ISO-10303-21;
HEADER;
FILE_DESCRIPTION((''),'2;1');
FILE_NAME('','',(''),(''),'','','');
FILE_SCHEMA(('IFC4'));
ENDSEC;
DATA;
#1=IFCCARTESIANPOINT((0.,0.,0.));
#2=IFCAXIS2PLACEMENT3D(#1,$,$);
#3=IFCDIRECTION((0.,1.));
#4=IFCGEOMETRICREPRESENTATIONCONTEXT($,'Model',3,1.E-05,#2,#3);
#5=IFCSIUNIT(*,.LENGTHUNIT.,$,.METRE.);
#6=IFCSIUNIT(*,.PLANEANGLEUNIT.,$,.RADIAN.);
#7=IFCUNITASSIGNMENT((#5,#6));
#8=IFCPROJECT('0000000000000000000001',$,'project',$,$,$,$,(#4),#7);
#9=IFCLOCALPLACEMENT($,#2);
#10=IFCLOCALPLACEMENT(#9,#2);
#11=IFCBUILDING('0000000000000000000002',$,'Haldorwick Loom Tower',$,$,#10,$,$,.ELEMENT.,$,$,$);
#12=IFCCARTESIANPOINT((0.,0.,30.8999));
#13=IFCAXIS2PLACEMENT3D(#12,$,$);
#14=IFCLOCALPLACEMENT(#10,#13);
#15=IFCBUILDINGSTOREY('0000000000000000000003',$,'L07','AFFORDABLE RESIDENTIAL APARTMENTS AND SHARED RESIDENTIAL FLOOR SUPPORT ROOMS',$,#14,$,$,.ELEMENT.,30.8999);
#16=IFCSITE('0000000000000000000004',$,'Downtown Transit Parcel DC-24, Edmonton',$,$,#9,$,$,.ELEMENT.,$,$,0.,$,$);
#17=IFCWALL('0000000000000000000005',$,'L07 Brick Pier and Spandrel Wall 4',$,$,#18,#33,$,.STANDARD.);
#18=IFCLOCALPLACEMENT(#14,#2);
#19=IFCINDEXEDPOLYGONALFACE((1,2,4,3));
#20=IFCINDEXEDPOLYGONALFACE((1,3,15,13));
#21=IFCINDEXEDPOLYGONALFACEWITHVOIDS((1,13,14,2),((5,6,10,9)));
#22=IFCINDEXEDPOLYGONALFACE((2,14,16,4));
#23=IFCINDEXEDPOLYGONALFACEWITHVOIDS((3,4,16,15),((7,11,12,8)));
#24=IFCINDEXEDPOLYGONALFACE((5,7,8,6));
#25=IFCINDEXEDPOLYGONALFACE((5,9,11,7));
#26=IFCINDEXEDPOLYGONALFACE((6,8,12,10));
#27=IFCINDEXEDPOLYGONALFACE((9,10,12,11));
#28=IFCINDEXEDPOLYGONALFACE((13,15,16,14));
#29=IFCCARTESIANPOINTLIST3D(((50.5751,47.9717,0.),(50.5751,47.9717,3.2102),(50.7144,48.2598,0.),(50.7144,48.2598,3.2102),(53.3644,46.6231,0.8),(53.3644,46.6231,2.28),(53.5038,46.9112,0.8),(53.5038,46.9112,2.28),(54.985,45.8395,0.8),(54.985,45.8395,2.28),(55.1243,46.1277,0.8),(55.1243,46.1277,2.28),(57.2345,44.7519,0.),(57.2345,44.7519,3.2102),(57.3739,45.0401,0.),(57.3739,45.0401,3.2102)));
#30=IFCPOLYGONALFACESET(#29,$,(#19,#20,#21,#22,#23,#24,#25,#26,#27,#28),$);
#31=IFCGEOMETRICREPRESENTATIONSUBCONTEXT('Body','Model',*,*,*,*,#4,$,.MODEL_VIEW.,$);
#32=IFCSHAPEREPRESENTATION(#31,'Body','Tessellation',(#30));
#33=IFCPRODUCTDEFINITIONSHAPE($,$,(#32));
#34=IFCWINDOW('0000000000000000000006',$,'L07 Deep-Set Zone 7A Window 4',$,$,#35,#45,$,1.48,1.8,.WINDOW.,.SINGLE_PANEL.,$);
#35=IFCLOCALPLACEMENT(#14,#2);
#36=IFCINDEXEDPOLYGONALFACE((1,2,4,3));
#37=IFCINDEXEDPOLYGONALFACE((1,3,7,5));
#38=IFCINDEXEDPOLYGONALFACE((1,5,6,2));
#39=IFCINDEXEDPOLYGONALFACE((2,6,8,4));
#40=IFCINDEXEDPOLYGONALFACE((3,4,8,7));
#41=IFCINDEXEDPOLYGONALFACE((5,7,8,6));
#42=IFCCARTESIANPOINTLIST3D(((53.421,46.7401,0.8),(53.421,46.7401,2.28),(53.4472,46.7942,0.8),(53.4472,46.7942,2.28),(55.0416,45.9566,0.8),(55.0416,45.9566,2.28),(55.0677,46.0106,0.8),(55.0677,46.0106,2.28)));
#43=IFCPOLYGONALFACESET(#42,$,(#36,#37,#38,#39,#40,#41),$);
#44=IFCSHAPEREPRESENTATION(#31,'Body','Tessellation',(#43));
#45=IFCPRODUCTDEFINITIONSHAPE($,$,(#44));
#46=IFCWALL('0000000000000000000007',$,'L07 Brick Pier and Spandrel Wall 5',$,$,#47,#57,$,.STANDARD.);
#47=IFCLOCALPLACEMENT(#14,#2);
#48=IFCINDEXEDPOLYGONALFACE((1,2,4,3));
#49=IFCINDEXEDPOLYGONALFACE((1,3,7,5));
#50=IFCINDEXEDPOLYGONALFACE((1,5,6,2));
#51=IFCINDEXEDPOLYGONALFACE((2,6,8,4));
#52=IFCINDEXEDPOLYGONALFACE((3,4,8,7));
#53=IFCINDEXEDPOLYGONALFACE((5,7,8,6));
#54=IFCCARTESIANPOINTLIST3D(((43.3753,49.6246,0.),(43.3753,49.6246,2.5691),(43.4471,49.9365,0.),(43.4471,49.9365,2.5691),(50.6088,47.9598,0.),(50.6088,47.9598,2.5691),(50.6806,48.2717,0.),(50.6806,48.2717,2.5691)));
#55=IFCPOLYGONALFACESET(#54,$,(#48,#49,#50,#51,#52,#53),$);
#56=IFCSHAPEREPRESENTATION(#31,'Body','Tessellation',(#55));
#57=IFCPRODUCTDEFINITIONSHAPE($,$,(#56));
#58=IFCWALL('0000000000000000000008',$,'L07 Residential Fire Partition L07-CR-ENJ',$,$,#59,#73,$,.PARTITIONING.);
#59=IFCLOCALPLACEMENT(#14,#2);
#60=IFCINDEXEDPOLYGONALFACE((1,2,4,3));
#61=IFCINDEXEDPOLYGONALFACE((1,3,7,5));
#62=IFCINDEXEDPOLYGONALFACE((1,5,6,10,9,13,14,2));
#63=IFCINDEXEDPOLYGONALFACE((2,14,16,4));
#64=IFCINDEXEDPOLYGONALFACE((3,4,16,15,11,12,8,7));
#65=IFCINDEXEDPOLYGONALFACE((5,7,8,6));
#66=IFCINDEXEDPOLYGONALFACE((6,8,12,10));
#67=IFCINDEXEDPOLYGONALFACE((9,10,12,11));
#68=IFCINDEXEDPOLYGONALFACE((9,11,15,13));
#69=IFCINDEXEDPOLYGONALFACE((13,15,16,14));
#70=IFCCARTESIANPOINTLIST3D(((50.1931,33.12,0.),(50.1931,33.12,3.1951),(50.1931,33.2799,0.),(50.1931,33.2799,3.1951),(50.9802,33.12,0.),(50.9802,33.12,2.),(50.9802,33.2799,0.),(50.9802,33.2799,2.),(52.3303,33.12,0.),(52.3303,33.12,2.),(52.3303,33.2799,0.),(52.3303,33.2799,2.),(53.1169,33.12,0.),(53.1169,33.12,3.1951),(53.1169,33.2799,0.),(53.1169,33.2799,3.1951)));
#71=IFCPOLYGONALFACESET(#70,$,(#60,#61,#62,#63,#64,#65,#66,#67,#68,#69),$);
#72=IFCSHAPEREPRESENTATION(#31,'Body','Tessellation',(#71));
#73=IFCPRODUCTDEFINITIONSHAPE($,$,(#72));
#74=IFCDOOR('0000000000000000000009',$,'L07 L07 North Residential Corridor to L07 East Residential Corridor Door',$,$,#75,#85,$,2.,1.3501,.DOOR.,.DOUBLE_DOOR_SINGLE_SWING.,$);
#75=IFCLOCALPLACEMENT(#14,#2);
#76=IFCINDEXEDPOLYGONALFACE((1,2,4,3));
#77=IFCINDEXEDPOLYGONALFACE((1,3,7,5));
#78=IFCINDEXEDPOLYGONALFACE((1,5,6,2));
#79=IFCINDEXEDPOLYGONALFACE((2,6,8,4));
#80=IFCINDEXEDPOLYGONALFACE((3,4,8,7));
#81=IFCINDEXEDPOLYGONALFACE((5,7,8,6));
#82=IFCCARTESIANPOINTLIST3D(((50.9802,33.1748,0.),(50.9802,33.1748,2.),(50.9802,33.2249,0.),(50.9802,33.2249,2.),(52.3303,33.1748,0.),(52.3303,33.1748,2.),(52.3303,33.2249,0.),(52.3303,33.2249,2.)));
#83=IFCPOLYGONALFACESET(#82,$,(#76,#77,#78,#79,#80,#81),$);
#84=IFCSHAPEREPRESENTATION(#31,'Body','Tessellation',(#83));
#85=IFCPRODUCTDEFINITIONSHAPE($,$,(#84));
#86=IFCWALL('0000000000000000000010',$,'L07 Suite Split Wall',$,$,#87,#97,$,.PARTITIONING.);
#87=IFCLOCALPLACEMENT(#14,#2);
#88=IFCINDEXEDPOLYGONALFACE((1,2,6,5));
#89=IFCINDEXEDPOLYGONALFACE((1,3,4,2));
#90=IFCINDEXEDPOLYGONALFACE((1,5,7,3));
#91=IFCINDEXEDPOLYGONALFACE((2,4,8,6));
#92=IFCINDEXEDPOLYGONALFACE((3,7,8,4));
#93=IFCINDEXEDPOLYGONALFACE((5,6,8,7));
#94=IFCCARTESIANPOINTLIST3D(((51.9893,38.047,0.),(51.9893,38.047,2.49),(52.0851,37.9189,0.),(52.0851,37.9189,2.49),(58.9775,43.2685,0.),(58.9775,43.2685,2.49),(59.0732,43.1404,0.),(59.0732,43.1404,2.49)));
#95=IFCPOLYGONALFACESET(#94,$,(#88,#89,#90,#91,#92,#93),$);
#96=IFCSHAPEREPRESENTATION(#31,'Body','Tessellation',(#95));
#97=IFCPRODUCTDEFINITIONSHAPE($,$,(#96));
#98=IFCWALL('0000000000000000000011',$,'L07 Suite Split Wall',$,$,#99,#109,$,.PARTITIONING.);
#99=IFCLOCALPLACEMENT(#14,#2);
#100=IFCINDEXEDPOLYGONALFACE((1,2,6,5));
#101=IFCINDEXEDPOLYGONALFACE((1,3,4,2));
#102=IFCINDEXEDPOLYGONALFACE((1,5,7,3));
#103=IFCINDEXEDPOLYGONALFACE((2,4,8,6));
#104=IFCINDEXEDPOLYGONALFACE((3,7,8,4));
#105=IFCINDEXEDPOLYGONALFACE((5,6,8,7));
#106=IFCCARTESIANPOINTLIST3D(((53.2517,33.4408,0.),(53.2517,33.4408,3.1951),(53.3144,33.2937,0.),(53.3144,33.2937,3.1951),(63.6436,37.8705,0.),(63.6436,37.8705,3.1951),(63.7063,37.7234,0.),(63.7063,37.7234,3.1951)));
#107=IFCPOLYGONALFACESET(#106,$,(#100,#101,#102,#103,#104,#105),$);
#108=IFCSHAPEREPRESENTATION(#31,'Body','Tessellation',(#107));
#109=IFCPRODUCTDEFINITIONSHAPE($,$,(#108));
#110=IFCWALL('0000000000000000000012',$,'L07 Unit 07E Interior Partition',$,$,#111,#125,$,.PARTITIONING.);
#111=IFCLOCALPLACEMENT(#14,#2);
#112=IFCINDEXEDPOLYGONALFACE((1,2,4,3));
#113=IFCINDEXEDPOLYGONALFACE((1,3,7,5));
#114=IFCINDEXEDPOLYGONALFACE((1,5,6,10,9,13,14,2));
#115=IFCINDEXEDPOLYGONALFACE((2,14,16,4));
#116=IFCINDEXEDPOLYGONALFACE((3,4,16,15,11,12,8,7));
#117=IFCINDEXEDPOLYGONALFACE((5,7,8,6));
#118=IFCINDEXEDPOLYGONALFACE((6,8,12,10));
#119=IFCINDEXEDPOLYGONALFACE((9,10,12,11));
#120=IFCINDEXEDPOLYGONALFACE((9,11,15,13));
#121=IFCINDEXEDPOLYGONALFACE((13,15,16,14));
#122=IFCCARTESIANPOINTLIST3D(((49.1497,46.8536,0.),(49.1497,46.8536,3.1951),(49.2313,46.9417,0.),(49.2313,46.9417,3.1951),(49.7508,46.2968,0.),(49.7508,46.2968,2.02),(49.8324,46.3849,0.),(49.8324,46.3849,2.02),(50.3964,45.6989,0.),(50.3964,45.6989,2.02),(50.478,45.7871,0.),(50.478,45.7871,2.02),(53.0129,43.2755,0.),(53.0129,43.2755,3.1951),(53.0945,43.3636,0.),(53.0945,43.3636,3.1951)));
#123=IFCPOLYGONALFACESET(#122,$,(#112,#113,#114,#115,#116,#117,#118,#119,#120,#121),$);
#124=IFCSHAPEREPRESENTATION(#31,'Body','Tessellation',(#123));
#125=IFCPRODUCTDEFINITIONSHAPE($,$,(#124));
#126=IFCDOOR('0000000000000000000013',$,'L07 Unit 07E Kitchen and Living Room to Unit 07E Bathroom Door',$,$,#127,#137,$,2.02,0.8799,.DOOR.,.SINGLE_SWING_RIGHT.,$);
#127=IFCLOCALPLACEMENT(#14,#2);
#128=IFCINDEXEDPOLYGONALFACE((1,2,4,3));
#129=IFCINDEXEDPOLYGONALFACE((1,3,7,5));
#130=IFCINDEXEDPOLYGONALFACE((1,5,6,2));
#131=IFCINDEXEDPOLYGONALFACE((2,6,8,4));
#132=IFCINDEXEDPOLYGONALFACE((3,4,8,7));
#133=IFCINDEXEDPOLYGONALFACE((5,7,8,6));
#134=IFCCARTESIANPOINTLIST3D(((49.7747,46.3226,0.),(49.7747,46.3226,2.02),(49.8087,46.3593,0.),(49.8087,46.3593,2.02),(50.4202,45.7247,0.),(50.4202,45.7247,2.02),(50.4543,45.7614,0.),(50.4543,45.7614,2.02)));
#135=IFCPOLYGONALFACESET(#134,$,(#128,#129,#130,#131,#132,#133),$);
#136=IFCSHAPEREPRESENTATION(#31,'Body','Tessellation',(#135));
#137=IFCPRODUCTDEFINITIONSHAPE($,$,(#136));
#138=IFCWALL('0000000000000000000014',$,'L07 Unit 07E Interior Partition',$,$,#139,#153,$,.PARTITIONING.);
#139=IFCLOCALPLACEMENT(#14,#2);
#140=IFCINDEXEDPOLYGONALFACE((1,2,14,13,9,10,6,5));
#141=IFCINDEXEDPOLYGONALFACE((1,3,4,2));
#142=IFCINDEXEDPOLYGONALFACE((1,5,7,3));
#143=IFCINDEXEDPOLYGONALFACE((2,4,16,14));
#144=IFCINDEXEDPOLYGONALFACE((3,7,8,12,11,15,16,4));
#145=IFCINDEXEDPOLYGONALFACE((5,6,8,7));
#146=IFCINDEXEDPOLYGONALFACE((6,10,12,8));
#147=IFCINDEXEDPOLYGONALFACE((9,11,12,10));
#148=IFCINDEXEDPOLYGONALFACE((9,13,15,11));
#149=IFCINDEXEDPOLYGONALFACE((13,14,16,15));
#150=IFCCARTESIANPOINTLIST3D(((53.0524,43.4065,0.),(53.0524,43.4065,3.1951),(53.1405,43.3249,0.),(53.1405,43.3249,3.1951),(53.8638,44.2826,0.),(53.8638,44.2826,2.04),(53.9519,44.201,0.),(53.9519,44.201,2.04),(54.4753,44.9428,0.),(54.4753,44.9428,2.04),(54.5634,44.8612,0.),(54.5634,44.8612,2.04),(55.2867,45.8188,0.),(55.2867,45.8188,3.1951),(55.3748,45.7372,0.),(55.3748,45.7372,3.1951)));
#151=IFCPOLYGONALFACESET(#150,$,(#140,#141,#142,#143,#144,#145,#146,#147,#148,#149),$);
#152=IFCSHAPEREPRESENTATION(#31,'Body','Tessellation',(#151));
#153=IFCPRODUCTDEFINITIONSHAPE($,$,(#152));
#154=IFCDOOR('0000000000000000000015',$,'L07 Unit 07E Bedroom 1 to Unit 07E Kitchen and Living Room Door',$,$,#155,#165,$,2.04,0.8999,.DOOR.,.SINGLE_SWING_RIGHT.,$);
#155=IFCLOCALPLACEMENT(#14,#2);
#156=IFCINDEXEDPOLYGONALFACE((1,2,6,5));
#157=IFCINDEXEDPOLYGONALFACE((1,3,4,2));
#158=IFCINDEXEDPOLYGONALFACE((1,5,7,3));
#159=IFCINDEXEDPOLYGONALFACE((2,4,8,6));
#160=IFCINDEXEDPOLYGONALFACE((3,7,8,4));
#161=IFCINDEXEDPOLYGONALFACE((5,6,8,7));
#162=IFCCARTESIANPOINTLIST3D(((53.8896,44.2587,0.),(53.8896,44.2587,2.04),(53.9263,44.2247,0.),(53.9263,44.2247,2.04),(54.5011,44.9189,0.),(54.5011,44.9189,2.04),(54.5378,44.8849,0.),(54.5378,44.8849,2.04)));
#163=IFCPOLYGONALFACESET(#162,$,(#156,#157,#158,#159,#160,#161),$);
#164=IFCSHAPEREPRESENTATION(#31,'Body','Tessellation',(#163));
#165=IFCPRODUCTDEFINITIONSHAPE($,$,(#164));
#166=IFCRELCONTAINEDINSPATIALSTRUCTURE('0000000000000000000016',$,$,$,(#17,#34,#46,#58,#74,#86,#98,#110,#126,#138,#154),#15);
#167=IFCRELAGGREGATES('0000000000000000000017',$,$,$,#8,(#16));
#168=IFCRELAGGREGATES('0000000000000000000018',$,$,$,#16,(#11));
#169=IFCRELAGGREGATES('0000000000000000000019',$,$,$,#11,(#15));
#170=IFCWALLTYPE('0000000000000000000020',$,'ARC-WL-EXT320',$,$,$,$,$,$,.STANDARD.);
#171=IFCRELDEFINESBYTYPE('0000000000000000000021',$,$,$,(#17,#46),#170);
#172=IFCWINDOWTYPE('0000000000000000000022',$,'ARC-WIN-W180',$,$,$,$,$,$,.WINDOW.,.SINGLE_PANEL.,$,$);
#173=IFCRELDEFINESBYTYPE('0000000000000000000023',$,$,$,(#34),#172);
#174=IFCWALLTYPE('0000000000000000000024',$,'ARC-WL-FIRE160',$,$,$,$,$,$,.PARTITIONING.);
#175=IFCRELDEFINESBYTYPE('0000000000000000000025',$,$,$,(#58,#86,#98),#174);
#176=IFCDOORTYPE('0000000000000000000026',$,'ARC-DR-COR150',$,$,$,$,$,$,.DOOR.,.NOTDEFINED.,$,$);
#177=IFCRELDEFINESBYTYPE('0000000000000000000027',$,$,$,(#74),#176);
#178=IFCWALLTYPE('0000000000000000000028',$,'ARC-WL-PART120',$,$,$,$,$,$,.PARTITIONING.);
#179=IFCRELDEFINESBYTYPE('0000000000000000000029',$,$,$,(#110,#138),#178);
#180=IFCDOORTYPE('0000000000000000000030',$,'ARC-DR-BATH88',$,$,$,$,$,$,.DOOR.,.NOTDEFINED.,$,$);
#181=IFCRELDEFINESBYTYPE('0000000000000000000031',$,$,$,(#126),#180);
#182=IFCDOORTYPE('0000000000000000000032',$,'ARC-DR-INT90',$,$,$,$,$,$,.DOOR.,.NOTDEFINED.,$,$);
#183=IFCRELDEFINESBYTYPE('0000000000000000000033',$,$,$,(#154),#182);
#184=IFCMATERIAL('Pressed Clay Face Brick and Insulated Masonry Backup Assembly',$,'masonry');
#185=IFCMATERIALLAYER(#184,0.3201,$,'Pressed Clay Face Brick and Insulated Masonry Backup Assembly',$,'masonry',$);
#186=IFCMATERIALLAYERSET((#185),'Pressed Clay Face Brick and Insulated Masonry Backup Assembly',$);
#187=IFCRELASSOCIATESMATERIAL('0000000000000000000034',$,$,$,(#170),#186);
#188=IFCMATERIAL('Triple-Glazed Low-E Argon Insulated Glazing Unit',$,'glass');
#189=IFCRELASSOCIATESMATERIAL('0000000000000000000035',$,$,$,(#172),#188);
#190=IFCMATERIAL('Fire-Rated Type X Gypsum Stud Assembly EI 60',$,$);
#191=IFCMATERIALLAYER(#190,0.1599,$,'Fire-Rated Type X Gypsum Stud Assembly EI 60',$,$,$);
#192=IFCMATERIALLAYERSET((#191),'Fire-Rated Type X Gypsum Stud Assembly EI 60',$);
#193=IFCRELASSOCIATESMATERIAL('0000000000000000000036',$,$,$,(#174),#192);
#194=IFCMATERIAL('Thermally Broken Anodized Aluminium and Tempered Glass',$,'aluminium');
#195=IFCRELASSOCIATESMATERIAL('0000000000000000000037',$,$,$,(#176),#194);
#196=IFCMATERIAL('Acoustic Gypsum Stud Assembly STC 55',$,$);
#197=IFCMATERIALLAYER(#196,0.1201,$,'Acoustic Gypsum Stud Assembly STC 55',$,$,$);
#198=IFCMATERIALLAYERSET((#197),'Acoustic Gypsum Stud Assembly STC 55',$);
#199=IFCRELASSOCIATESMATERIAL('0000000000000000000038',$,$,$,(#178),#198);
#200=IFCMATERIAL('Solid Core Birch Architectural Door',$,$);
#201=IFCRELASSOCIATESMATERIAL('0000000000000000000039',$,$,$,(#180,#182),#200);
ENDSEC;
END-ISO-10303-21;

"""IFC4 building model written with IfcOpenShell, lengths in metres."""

from ifc_helpers import new_model, si_unit, direction, frame, frame_2d, origin, place, context, subcontext, project, spatial, rectangle, extrude, material, layer, layer_set, type_object, element, fill, save


model = new_model("IFC4")

# Units and contexts
model_context = context("Model", 3, precision=1e-05, world=origin(), true_north=direction((0.0, 1.0)))
body_context = subcontext(model_context, "Body", "Model", "MODEL_VIEW")
ifc_project = project(units=[si_unit("LENGTHUNIT", "METRE"), si_unit("PLANEANGLEUNIT", "RADIAN")], contexts=[model_context])

# Site, building, storey
site_placement = place(None, origin())
site = spatial("IfcSite", under=ifc_project, at=site_placement, Name="Downtown Transit Parcel DC-24, Edmonton", CompositionType="ELEMENT", RefElevation=0.0)
building_placement = place(site_placement, origin())
building = spatial("IfcBuilding", under=site, at=building_placement, Name="Haldorwick Loom Tower", CompositionType="ELEMENT")
storey_placement = place(building_placement, frame((0.0, 0.0, 30.8999)))
storey = spatial("IfcBuildingStorey", under=building, at=storey_placement, Name="L07", Description="AFFORDABLE RESIDENTIAL APARTMENTS AND SHARED RESIDENTIAL FLOOR SUPPORT ROOMS", CompositionType="ELEMENT", Elevation=30.8999)

# Wall, opening, window
ifc_material_1 = material(Name="Pressed Clay Face Brick and Insulated Masonry Backup Assembly", Category="masonry")
ifc_layer_1 = layer(ifc_material_1, 0.3201, Name="Pressed Clay Face Brick and Insulated Masonry Backup Assembly", Category="masonry")
ifc_layer_set_1 = layer_set([ifc_layer_1], Name="Pressed Clay Face Brick and Insulated Masonry Backup Assembly")
wall_type_1 = type_object("IfcWallType", Name="ARC-WL-EXT320", PredefinedType="STANDARD", material=ifc_layer_set_1)
ifc_material_2 = material(Name="Triple-Glazed Low-E Argon Insulated Glazing Unit", Category="glass")
window_type = type_object("IfcWindowType", Name="ARC-WIN-W180", PartitioningType="SINGLE_PANEL", PredefinedType="WINDOW", material=ifc_material_2)
wall_1_placement = place(storey_placement, frame((57.3042, 44.896, 0.0), z_axis=(0.0, 0.0, 1.0), x_axis=(-0.900296, 0.435279, 0.0)))
wall_1 = element("IfcWall", 1, at=wall_1_placement, inside=storey, type_object=wall_type_1, Name="L07 Brick Pier and Spandrel Wall 4", PredefinedType="STANDARD", context=body_context, shape_type="SweptSolid", body=[
    extrude(rectangle(XDim=7.397, YDim=0.3201, at=frame_2d((3.6985, 0.0))), origin(), (0.0, 0.0, 1.0), 3.2102),
])
opening_1_placement = place(wall_1_placement, frame((2.4988, 0.0, 0.8)))
opening_1 = element("IfcOpeningElement", 2, at=opening_1_placement, cuts=wall_1, PredefinedType="OPENING", context=body_context, shape_type="SweptSolid", body=[
    extrude(rectangle(XDim=1.8, YDim=1.48, at=frame_2d((0.8999, 0.74))), frame((0.0, 0.1699, 0.0), z_axis=(0.0, -1.0, 0.0), x_axis=(1.0, 0.0, 0.0)), (0.0, 0.0, 1.0), 0.3401),
])
window_1_placement = place(opening_1_placement, origin())
window_1 = element("IfcWindow", 3, at=window_1_placement, inside=storey, type_object=window_type, Name="L07 Deep-Set Zone 7A Window 4", OverallHeight=1.48, OverallWidth=1.8, PartitioningType="SINGLE_PANEL", PredefinedType="WINDOW", context=body_context, shape_type="SweptSolid", body=[
    extrude(rectangle(XDim=1.8, YDim=1.48, at=frame_2d((0.8999, 0.74))), frame((0.0, 0.03, 0.0), z_axis=(0.0, -1.0, 0.0), x_axis=(1.0, 0.0, 0.0)), (0.0, 0.0, 1.0), 0.0601),
])
fill(opening_1, window_1)

# Wall
wall_2_placement = place(storey_placement, frame((50.6448, 48.1157, 0.0), z_axis=(0.0, 0.0, 1.0), x_axis=(-0.974522, 0.22429, 0.0)))
element("IfcWall", 4, at=wall_2_placement, inside=storey, type_object=wall_type_1, Name="L07 Brick Pier and Spandrel Wall 5", PredefinedType="STANDARD", context=body_context, shape_type="SweptSolid", body=[
    extrude(rectangle(XDim=7.4226, YDim=0.3201, at=frame_2d((3.7114, 0.0))), origin(), (0.0, 0.0, 1.0), 2.5691),
])

# Wall, opening, door
ifc_material_3 = material(Name="Fire-Rated Type X Gypsum Stud Assembly EI 60")
ifc_layer_2 = layer(ifc_material_3, 0.1599, Name="Fire-Rated Type X Gypsum Stud Assembly EI 60")
ifc_layer_set_2 = layer_set([ifc_layer_2], Name="Fire-Rated Type X Gypsum Stud Assembly EI 60")
wall_type_2 = type_object("IfcWallType", Name="ARC-WL-FIRE160", PredefinedType="PARTITIONING", material=ifc_layer_set_2)
wall_3_placement = place(storey_placement, frame((50.1931, 33.2, 0.0), z_axis=(0.0, 0.0, 1.0), x_axis=(1.0, 0.0, 0.0)))
wall_3 = element("IfcWall", 5, at=wall_3_placement, inside=storey, type_object=wall_type_2, Name="L07 Residential Fire Partition L07-CR-ENJ", PredefinedType="PARTITIONING", context=body_context, shape_type="SweptSolid", body=[
    extrude(rectangle(XDim=2.9238, YDim=0.1599, at=frame_2d((1.4619, 0.0))), origin(), (0.0, 0.0, 1.0), 3.1951),
])
opening_2_placement = place(wall_3_placement, frame((0.7871, 0.0, 0.0)))
opening_2 = element("IfcOpeningElement", 6, at=opening_2_placement, cuts=wall_3, PredefinedType="OPENING", context=body_context, shape_type="SweptSolid", body=[
    extrude(rectangle(XDim=1.3501, YDim=2.0, at=frame_2d((0.675, 1.0))), frame((0.0, 0.0898, 0.0), z_axis=(0.0, -1.0, 0.0), x_axis=(1.0, 0.0, 0.0)), (0.0, 0.0, 1.0), 0.1799),
])
ifc_material_4 = material(Name="Thermally Broken Anodized Aluminium and Tempered Glass", Category="aluminium")
door_type_1 = type_object("IfcDoorType", Name="ARC-DR-COR150", OperationType="NOTDEFINED", PredefinedType="DOOR", material=ifc_material_4)
door_1_placement = place(opening_2_placement, origin())
door_1 = element("IfcDoor", 7, at=door_1_placement, inside=storey, type_object=door_type_1, Name="L07 L07 North Residential Corridor to L07 East Residential Corridor Door", OperationType="DOUBLE_DOOR_SINGLE_SWING", OverallHeight=2.0, OverallWidth=1.3501, PredefinedType="DOOR", context=body_context, shape_type="SweptSolid", body=[
    extrude(rectangle(XDim=1.3501, YDim=2.0, at=frame_2d((0.675, 1.0))), frame((0.0, 0.0249, 0.0), z_axis=(0.0, -1.0, 0.0), x_axis=(1.0, 0.0, 0.0)), (0.0, 0.0, 1.0), 0.05),
])
fill(opening_2, door_1)

# Walls
wall_4_placement = place(storey_placement, frame((52.0371, 37.9829, 0.0), z_axis=(0.0, 0.0, 1.0), x_axis=(0.801077, 0.598562, 0.0)))
element("IfcWall", 8, at=wall_4_placement, inside=storey, type_object=wall_type_2, Name="L07 Suite Split Wall", PredefinedType="PARTITIONING", context=body_context, shape_type="SweptSolid", body=[
    extrude(rectangle(XDim=8.7234, YDim=0.1599, at=frame_2d((4.3618, 0.0))), origin(), (0.0, 0.0, 1.0), 2.49),
])
wall_5_placement = place(storey_placement, frame((53.283, 33.3672, 0.0), z_axis=(0.0, 0.0, 1.0), x_axis=(0.919911, 0.392127, 0.0)))
element("IfcWall", 9, at=wall_5_placement, inside=storey, type_object=wall_type_2, Name="L07 Suite Split Wall", PredefinedType="PARTITIONING", context=body_context, shape_type="SweptSolid", body=[
    extrude(rectangle(XDim=11.2966, YDim=0.1599, at=frame_2d((5.6484, 0.0))), origin(), (0.0, 0.0, 1.0), 3.1951),
])

# Walls, openings, doors
ifc_material_5 = material(Name="Acoustic Gypsum Stud Assembly STC 55")
ifc_layer_3 = layer(ifc_material_5, 0.1201, Name="Acoustic Gypsum Stud Assembly STC 55")
ifc_layer_set_3 = layer_set([ifc_layer_3], Name="Acoustic Gypsum Stud Assembly STC 55")
wall_type_3 = type_object("IfcWallType", Name="ARC-WL-PART120", PredefinedType="PARTITIONING", material=ifc_layer_set_3)
wall_6_placement = place(storey_placement, frame((53.0537, 43.3196, 0.0), z_axis=(0.0, 0.0, 1.0), x_axis=(-0.733665, 0.679512, 0.0)))
wall_6 = element("IfcWall", 10, at=wall_6_placement, inside=storey, type_object=wall_type_3, Name="L07 Unit 07E Interior Partition", PredefinedType="PARTITIONING", context=body_context, shape_type="SweptSolid", body=[
    extrude(rectangle(XDim=5.2656, YDim=0.1201, at=frame_2d((2.6328, 0.0))), origin(), (0.0, 0.0, 1.0), 3.1951),
])
opening_3_placement = place(wall_6_placement, frame((3.5664, 0.0, 0.0)))
opening_3 = element("IfcOpeningElement", 11, at=opening_3_placement, cuts=wall_6, PredefinedType="OPENING", context=body_context, shape_type="SweptSolid", body=[
    extrude(rectangle(XDim=0.8799, YDim=2.02, at=frame_2d((0.4399, 1.01))), frame((0.0, 0.0701, 0.0), z_axis=(0.0, -1.0, 0.0), x_axis=(1.0, 0.0, 0.0)), (0.0, 0.0, 1.0), 0.1401),
])
ifc_material_6 = material(Name="Solid Core Birch Architectural Door")
door_type_2 = type_object("IfcDoorType", Name="ARC-DR-BATH88", OperationType="NOTDEFINED", PredefinedType="DOOR", material=ifc_material_6)
door_2_placement = place(opening_3_placement, origin())
door_2 = element("IfcDoor", 12, at=door_2_placement, inside=storey, type_object=door_type_2, Name="L07 Unit 07E Kitchen and Living Room to Unit 07E Bathroom Door", OperationType="SINGLE_SWING_RIGHT", OverallHeight=2.02, OverallWidth=0.8799, PredefinedType="DOOR", context=body_context, shape_type="SweptSolid", body=[
    extrude(rectangle(XDim=0.8799, YDim=2.02, at=frame_2d((0.4399, 1.01))), frame((0.0, 0.0249, 0.0), z_axis=(0.0, -1.0, 0.0), x_axis=(1.0, 0.0, 0.0)), (0.0, 0.0, 1.0), 0.05),
])
fill(opening_3, door_2)
wall_7_placement = place(storey_placement, frame((53.0964, 43.3657, 0.0), z_axis=(0.0, 0.0, 1.0), x_axis=(0.679525, 0.733652, 0.0)))
wall_7 = element("IfcWall", 13, at=wall_7_placement, inside=storey, type_object=wall_type_3, Name="L07 Unit 07E Interior Partition", PredefinedType="PARTITIONING", context=body_context, shape_type="SweptSolid", body=[
    extrude(rectangle(XDim=3.2881, YDim=0.1201, at=frame_2d((1.644, 0.0))), origin(), (0.0, 0.0, 1.0), 3.1951),
])
opening_4_placement = place(wall_7_placement, frame((1.1941, 0.0, 0.0)))
opening_4 = element("IfcOpeningElement", 14, at=opening_4_placement, cuts=wall_7, PredefinedType="OPENING", context=body_context, shape_type="SweptSolid", body=[
    extrude(rectangle(XDim=0.8999, YDim=2.04, at=frame_2d((0.45, 1.02))), frame((0.0, 0.0701, 0.0), z_axis=(0.0, -1.0, 0.0), x_axis=(1.0, 0.0, 0.0)), (0.0, 0.0, 1.0), 0.1401),
])
door_type_3 = type_object("IfcDoorType", Name="ARC-DR-INT90", OperationType="NOTDEFINED", PredefinedType="DOOR", material=ifc_material_6)
door_3_placement = place(opening_4_placement, origin())
door_3 = element("IfcDoor", 15, at=door_3_placement, inside=storey, type_object=door_type_3, Name="L07 Unit 07E Bedroom 1 to Unit 07E Kitchen and Living Room Door", OperationType="SINGLE_SWING_RIGHT", OverallHeight=2.04, OverallWidth=0.8999, PredefinedType="DOOR", context=body_context, shape_type="SweptSolid", body=[
    extrude(rectangle(XDim=0.8999, YDim=2.04, at=frame_2d((0.45, 1.02))), frame((0.0, 0.0249, 0.0), z_axis=(0.0, -1.0, 0.0), x_axis=(1.0, 0.0, 0.0)), (0.0, 0.0, 1.0), 0.05),
])
fill(opening_4, door_3)

save(model, "model.ifc")
